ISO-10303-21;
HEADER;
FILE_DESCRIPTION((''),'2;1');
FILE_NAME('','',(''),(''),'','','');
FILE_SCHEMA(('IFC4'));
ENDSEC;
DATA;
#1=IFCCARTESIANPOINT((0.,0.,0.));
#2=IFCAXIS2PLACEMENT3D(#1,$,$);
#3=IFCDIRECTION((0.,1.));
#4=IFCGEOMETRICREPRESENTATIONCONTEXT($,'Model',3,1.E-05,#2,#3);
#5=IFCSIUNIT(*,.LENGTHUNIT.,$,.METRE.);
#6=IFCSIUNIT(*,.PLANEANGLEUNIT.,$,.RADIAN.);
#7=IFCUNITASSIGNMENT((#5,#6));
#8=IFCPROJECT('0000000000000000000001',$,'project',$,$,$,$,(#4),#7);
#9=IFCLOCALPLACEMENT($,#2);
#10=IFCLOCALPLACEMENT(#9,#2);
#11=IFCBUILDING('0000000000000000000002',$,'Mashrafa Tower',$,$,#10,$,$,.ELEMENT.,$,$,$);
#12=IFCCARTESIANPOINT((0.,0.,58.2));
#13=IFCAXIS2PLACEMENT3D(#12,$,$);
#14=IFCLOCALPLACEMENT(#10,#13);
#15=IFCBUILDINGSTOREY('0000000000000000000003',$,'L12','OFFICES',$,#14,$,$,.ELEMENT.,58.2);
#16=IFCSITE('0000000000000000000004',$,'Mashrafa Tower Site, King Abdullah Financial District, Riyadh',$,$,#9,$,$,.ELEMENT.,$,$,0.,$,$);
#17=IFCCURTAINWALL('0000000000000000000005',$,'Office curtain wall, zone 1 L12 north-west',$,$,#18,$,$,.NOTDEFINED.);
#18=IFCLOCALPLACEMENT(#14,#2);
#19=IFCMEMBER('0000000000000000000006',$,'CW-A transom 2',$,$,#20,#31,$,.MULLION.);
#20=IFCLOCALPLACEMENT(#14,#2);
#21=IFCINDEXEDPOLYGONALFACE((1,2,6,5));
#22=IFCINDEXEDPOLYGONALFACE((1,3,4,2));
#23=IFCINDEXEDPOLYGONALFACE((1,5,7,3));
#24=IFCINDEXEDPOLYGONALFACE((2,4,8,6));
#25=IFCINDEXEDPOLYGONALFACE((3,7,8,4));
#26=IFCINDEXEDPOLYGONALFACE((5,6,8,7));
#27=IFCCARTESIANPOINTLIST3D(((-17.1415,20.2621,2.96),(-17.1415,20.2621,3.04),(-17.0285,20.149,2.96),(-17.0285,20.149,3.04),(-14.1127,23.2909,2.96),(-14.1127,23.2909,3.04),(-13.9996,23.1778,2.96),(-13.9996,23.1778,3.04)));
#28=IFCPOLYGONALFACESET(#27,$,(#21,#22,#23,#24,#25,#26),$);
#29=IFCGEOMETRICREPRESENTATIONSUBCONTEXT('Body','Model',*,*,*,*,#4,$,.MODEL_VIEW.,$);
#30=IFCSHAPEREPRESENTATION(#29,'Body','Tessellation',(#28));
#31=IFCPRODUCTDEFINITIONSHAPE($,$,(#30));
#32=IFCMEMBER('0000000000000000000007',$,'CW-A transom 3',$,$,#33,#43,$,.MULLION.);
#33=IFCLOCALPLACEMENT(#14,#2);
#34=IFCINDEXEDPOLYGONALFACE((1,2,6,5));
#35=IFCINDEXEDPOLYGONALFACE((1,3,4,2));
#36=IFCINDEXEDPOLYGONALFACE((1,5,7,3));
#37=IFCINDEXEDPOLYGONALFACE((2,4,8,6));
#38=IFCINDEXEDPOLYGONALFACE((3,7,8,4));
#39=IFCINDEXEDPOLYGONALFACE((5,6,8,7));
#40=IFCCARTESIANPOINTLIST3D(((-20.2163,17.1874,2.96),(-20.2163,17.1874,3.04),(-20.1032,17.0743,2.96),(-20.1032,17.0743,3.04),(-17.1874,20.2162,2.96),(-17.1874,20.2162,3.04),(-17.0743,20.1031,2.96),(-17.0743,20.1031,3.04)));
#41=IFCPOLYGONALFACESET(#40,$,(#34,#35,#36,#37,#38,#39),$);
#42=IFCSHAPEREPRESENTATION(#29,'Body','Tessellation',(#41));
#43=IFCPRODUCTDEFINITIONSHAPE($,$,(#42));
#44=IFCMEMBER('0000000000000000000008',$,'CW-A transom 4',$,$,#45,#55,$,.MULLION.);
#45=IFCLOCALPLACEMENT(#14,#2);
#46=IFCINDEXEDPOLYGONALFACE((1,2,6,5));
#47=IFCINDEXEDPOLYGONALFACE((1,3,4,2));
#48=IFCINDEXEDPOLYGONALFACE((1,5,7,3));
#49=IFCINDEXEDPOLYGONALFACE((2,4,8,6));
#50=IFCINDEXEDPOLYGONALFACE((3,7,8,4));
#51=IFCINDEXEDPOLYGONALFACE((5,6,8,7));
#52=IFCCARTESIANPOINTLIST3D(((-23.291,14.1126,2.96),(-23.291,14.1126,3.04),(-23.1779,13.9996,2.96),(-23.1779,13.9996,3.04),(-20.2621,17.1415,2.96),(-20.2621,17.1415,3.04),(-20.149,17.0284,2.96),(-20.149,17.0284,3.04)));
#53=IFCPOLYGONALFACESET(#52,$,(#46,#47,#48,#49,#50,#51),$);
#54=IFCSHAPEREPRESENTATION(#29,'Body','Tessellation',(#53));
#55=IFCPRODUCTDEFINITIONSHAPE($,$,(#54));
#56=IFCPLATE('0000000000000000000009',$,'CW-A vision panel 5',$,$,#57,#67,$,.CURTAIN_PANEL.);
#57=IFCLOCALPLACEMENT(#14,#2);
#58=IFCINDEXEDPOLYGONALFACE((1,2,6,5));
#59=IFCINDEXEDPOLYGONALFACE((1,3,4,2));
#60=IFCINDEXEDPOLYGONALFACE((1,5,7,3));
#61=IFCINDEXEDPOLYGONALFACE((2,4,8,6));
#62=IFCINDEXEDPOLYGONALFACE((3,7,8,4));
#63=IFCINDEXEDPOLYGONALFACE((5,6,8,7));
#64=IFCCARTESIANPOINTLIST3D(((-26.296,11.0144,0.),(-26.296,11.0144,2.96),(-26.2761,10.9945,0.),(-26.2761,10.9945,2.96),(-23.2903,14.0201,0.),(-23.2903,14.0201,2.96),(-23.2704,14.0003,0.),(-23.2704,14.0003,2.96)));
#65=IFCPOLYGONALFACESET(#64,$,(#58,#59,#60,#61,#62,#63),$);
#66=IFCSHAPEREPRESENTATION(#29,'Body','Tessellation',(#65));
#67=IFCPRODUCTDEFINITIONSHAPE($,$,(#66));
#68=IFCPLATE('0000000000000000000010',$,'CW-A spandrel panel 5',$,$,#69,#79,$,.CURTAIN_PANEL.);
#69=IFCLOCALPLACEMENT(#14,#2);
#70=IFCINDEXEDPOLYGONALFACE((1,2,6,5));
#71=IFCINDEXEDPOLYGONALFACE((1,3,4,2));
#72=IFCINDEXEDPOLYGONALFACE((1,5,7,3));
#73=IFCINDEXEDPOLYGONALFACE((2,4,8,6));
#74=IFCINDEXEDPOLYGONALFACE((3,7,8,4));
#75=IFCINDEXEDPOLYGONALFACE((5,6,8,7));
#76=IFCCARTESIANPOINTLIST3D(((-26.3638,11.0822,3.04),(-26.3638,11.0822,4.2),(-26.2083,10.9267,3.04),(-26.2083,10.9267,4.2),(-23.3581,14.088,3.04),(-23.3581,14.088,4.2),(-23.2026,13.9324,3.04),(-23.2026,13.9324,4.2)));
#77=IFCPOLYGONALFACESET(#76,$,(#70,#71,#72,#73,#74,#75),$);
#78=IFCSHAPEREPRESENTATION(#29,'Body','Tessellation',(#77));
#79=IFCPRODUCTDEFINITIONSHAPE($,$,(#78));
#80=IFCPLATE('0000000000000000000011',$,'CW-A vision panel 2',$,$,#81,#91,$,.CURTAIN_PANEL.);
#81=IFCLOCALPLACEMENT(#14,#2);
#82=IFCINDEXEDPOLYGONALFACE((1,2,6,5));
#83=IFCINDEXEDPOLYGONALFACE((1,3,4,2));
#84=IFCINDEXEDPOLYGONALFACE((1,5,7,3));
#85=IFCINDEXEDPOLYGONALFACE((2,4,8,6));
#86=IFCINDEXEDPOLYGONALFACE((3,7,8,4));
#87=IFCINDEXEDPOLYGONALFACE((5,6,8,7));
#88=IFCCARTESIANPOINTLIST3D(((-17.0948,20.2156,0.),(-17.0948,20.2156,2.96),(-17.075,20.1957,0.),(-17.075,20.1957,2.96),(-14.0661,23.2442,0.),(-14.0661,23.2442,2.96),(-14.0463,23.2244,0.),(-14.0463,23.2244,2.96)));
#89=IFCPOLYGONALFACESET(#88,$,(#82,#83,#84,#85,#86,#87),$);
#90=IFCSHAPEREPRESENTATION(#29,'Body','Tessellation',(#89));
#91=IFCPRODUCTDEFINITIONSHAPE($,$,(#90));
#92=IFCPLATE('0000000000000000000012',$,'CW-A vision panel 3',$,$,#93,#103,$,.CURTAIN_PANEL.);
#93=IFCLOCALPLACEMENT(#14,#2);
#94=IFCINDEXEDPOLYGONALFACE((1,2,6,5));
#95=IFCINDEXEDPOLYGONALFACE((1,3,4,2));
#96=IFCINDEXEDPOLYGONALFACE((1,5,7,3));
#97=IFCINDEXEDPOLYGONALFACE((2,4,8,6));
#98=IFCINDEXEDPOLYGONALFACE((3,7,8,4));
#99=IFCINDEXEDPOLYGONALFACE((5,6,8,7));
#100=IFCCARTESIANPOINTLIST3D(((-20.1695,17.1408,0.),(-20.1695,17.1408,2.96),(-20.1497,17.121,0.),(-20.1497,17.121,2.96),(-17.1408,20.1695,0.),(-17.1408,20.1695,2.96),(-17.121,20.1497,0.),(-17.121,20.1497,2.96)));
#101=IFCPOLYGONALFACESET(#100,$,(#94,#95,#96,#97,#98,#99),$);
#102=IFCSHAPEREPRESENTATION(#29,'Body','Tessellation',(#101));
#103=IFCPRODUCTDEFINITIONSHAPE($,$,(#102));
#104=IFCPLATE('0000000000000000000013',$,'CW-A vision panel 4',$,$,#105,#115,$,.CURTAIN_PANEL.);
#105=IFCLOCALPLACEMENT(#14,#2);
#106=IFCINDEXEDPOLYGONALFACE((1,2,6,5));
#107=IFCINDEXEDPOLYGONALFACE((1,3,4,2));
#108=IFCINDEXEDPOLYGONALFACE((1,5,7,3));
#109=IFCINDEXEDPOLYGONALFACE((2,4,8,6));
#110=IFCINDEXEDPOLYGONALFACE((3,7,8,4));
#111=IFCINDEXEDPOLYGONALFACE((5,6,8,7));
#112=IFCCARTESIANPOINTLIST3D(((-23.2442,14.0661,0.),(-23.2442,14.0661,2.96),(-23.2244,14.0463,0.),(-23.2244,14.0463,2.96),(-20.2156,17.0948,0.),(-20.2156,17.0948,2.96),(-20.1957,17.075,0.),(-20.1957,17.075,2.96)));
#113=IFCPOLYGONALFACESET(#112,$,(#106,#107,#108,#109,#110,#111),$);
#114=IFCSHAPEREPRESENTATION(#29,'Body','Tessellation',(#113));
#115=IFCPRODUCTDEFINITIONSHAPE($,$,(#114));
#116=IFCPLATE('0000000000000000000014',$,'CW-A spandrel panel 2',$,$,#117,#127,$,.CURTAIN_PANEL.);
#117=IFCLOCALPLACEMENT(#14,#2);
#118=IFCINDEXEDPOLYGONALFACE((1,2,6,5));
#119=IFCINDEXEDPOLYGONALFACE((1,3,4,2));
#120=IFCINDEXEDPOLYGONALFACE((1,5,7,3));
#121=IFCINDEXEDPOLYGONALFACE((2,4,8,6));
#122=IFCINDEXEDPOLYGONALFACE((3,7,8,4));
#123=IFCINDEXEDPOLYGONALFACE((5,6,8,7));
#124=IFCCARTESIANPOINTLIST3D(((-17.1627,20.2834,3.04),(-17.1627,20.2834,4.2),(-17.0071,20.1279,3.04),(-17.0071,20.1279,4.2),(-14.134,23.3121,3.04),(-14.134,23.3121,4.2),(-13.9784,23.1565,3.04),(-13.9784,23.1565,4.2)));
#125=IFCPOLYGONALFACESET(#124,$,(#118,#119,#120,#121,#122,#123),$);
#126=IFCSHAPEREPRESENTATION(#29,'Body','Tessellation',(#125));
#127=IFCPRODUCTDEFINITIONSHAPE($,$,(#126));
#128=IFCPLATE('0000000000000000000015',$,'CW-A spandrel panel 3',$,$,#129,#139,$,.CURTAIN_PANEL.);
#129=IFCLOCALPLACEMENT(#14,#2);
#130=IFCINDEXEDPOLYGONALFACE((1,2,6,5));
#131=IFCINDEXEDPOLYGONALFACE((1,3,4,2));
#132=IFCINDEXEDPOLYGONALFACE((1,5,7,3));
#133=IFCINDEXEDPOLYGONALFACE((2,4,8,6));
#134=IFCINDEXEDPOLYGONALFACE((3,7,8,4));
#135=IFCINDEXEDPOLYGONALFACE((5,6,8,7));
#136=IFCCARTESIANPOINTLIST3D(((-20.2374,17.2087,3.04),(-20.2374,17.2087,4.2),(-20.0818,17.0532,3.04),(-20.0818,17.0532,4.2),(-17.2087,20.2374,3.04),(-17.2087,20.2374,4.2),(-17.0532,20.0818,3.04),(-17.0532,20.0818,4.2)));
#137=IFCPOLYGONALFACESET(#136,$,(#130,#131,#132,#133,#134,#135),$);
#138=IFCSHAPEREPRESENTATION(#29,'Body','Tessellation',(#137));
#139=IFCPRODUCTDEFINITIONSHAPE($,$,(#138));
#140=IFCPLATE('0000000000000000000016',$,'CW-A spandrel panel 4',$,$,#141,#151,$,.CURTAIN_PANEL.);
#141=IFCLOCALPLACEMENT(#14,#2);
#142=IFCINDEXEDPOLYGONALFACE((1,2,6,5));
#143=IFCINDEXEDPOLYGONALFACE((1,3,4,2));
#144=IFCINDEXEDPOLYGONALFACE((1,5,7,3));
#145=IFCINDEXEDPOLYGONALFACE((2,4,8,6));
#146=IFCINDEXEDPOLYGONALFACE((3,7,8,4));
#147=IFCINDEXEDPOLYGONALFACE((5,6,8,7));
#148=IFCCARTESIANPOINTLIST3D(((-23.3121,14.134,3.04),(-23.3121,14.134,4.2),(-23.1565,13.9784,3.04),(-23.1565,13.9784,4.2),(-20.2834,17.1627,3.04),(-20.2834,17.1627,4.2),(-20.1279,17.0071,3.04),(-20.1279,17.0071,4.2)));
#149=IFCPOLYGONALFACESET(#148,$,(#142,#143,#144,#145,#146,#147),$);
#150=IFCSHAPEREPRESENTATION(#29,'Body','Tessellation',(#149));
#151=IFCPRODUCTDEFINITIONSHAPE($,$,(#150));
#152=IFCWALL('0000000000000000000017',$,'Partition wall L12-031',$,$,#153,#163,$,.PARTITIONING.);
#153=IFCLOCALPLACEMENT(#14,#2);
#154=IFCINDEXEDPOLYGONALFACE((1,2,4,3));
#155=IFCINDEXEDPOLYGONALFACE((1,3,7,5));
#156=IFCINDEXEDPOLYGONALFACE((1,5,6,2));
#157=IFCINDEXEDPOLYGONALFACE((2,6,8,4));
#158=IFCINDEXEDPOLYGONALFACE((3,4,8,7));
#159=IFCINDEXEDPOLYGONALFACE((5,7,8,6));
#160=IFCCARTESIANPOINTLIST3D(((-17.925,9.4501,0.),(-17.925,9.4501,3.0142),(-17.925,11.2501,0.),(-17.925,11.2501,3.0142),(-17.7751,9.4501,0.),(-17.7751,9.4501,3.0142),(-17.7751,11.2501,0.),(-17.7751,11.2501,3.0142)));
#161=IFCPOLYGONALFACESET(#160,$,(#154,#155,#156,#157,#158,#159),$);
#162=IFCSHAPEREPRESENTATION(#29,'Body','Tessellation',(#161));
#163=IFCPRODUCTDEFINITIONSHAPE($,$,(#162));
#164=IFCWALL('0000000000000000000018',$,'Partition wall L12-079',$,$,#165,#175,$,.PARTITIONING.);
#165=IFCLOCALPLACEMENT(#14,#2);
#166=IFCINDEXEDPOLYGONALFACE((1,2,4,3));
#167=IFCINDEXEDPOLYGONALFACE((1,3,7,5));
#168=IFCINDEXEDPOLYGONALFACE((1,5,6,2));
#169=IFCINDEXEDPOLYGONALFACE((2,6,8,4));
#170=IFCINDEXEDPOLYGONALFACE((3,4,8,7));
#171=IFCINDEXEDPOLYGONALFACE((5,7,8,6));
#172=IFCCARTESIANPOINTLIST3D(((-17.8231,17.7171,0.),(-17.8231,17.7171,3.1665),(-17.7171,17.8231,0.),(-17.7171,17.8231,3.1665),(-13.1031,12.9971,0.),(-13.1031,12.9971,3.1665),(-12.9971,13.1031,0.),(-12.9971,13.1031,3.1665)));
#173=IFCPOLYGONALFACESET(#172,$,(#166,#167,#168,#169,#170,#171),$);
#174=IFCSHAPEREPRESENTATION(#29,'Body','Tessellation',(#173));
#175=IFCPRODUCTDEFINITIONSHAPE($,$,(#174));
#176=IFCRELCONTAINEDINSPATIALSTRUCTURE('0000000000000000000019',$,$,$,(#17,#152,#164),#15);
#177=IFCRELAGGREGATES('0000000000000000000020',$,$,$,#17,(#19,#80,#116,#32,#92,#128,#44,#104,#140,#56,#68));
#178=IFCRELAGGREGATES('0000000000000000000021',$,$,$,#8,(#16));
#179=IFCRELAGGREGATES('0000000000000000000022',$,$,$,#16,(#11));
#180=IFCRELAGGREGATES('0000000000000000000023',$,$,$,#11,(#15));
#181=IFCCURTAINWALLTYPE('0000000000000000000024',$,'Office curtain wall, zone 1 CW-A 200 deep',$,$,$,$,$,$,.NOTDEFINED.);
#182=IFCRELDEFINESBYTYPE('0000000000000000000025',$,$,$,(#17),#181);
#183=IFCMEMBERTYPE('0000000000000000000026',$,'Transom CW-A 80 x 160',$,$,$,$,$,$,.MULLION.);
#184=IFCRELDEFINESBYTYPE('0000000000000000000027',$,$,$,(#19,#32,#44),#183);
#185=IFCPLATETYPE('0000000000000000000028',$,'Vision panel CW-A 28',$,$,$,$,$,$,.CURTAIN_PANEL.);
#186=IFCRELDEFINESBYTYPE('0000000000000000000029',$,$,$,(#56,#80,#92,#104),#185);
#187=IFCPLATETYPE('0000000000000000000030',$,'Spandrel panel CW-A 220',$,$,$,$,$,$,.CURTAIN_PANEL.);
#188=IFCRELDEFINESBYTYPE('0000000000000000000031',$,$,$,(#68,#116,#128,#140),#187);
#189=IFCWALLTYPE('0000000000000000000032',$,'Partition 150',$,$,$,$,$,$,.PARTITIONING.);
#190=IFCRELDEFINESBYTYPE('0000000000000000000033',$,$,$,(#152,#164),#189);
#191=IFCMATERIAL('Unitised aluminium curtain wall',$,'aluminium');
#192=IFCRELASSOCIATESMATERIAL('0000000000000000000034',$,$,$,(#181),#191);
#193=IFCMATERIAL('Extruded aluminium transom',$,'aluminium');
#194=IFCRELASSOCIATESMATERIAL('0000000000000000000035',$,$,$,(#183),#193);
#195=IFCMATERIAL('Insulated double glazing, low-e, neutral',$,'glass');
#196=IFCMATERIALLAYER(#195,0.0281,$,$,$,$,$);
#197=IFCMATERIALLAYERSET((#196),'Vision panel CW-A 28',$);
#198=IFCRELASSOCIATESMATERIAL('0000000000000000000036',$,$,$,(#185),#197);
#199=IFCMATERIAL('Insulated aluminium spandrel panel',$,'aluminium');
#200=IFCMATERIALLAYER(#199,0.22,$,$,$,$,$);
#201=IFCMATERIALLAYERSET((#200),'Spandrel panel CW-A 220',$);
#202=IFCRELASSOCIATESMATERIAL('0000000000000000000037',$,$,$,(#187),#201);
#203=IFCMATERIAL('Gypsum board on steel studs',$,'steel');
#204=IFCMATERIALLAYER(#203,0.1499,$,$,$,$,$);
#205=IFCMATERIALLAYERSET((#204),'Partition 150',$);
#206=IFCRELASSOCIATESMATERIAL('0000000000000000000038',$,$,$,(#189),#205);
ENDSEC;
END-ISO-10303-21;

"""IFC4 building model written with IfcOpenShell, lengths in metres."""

from ifc_helpers import new_model, si_unit, direction, frame, frame_2d, origin, origin_2d, place, context, subcontext, project, spatial, rectangle, extrude, source, transform, mapped, material, layer, layer_set, material_profile, profile_set, type_object, type_shapes, element, aggregate, save


model = new_model("IFC4")

# Units and contexts
model_context = context("Model", 3, precision=1e-05, world=origin(), true_north=direction((0.0, 1.0)))
body_context = subcontext(model_context, "Body", "Model", "MODEL_VIEW")
ifc_project = project(units=[si_unit("LENGTHUNIT", "METRE"), si_unit("PLANEANGLEUNIT", "RADIAN")], contexts=[model_context])

# Site, building, storey
site_placement = place(None, origin())
site = spatial("IfcSite", under=ifc_project, at=site_placement, Name="Mashrafa Tower Site, King Abdullah Financial District, Riyadh", CompositionType="ELEMENT", RefElevation=0.0)
building_placement = place(site_placement, origin())
building = spatial("IfcBuilding", under=site, at=building_placement, Name="Mashrafa Tower", CompositionType="ELEMENT")
storey_placement = place(building_placement, frame((0.0, 0.0, 58.2)))
storey = spatial("IfcBuildingStorey", under=building, at=storey_placement, Name="L12", Description="OFFICES", CompositionType="ELEMENT", Elevation=58.2)

# Curtain wall
ifc_material_1 = material(Name="Unitised aluminium curtain wall", Category="aluminium")
curtain_wall_type = type_object("IfcCurtainWallType", Name="Office curtain wall, zone 1 CW-A 200 deep", PredefinedType="NOTDEFINED", material=ifc_material_1)
curtain_wall_1_placement = place(storey_placement, origin())
curtain_wall_1 = element("IfcCurtainWall", 1, at=curtain_wall_1_placement, inside=storey, type_object=curtain_wall_type, Name="Office curtain wall, zone 1 L12 north-west", PredefinedType="NOTDEFINED")

# Members
ifc_material_2 = material(Name="Extruded aluminium transom", Category="aluminium")
ifc_material_profile_1 = material_profile(ifc_material_2, rectangle(XDim=0.1599, YDim=0.0801, at=origin_2d()), Name="Transom 80x160")
ifc_profile_set_1 = profile_set([ifc_material_profile_1], Name="Extruded aluminium transom")
member_type_1 = type_object("IfcMemberType", Name="Transom CW-A 80 x 160", PredefinedType="MULLION", material=ifc_profile_set_1)
shared_shape_1 = source(origin(), body_context, "Body", "SweptSolid", [
    extrude(rectangle(XDim=0.1599, YDim=0.0801, at=origin_2d()), origin(), (0.0, 0.0, 1.0), 4.2834),
])
member_1_placement = place(storey_placement, frame((-14.0562, 23.2344, 3.0), z_axis=(-0.707107, -0.707107, 0.0), x_axis=(0.707107, -0.707107, 0.0)))
member_1 = element("IfcMember", 2, at=member_1_placement, type_object=member_type_1, Name="CW-A transom 2", PredefinedType="MULLION", context=body_context, shape_type="MappedRepresentation", body=[
    mapped(shared_shape_1, transform((0.0, 0.0, 0.0))),
])
member_2_placement = place(storey_placement, frame((-17.1309, 20.1597, 3.0), z_axis=(-0.707107, -0.707107, 0.0), x_axis=(0.707107, -0.707107, 0.0)))
member_2 = element("IfcMember", 3, at=member_2_placement, type_object=member_type_1, Name="CW-A transom 3", PredefinedType="MULLION", context=body_context, shape_type="MappedRepresentation", body=[
    mapped(shared_shape_1, transform((0.0, 0.0, 0.0))),
])
member_3_placement = place(storey_placement, frame((-20.2056, 17.085, 3.0), z_axis=(-0.707107, -0.707107, 0.0), x_axis=(0.707107, -0.707107, 0.0)))
member_3 = element("IfcMember", 4, at=member_3_placement, type_object=member_type_1, Name="CW-A transom 4", PredefinedType="MULLION", context=body_context, shape_type="MappedRepresentation", body=[
    mapped(shared_shape_1, transform((0.0, 0.0, 0.0))),
])

# Plates
ifc_material_3 = material(Name="Insulated double glazing, low-e, neutral", Category="glass")
ifc_layer_1 = layer(ifc_material_3, 0.0281)
ifc_layer_set_1 = layer_set([ifc_layer_1], Name="Vision panel CW-A 28")
plate_type_1 = type_object("IfcPlateType", Name="Vision panel CW-A 28", PredefinedType="CURTAIN_PANEL", material=ifc_layer_set_1)
shared_shape_2 = source(origin(), body_context, "Body", "SweptSolid", [
    extrude(rectangle(XDim=4.2507, YDim=0.0281, at=origin_2d()), origin(), (0.0, 0.0, 1.0), 2.96),
])
plate_1_placement = place(storey_placement, frame((-24.7832, 12.5073, 0.0), z_axis=(0.0, 0.0, 1.0), x_axis=(-0.707107, -0.707107, 0.0)))
plate_1 = element("IfcPlate", 5, at=plate_1_placement, type_object=plate_type_1, Name="CW-A vision panel 5", PredefinedType="CURTAIN_PANEL", context=body_context, shape_type="MappedRepresentation", body=[
    mapped(shared_shape_2, transform((0.0, 0.0, 0.0))),
])
ifc_material_4 = material(Name="Insulated aluminium spandrel panel", Category="aluminium")
ifc_layer_2 = layer(ifc_material_4, 0.22)
ifc_layer_set_2 = layer_set([ifc_layer_2], Name="Spandrel panel CW-A 220")
plate_type_2 = type_object("IfcPlateType", Name="Spandrel panel CW-A 220", PredefinedType="CURTAIN_PANEL", material=ifc_layer_set_2)
shared_shape_3 = source(origin(), body_context, "Body", "SweptSolid", [
    extrude(rectangle(XDim=4.2507, YDim=0.22, at=origin_2d()), origin(), (0.0, 0.0, 1.0), 1.1599),
])
plate_2_placement = place(storey_placement, frame((-24.7832, 12.5073, 3.04), z_axis=(0.0, 0.0, 1.0), x_axis=(-0.707107, -0.707107, 0.0)))
plate_2 = element("IfcPlate", 6, at=plate_2_placement, type_object=plate_type_2, Name="CW-A spandrel panel 5", PredefinedType="CURTAIN_PANEL", context=body_context, shape_type="MappedRepresentation", body=[
    mapped(shared_shape_3, transform((0.0, 0.0, 0.0))),
])
shared_shape_4 = source(origin(), body_context, "Body", "SweptSolid", [
    extrude(rectangle(XDim=4.2832, YDim=0.0281, at=origin_2d()), origin(), (0.0, 0.0, 1.0), 2.96),
])
type_shapes(plate_type_1, [shared_shape_2, shared_shape_4])
plate_3_placement = place(storey_placement, frame((-15.5706, 21.72, 0.0), z_axis=(0.0, 0.0, 1.0), x_axis=(-0.707107, -0.707107, 0.0)))
plate_3 = element("IfcPlate", 7, at=plate_3_placement, type_object=plate_type_1, Name="CW-A vision panel 2", PredefinedType="CURTAIN_PANEL", context=body_context, shape_type="MappedRepresentation", body=[
    mapped(shared_shape_4, transform((0.0, 0.0, 0.0))),
])
plate_4_placement = place(storey_placement, frame((-18.6453, 18.6453, 0.0), z_axis=(0.0, 0.0, 1.0), x_axis=(-0.707107, -0.707107, 0.0)))
plate_4 = element("IfcPlate", 8, at=plate_4_placement, type_object=plate_type_1, Name="CW-A vision panel 3", PredefinedType="CURTAIN_PANEL", context=body_context, shape_type="MappedRepresentation", body=[
    mapped(shared_shape_4, transform((0.0, 0.0, 0.0))),
])
plate_5_placement = place(storey_placement, frame((-21.72, 15.5706, 0.0), z_axis=(0.0, 0.0, 1.0), x_axis=(-0.707107, -0.707107, 0.0)))
plate_5 = element("IfcPlate", 9, at=plate_5_placement, type_object=plate_type_1, Name="CW-A vision panel 4", PredefinedType="CURTAIN_PANEL", context=body_context, shape_type="MappedRepresentation", body=[
    mapped(shared_shape_4, transform((0.0, 0.0, 0.0))),
])
shared_shape_5 = source(origin(), body_context, "Body", "SweptSolid", [
    extrude(rectangle(XDim=4.2832, YDim=0.22, at=origin_2d()), origin(), (0.0, 0.0, 1.0), 1.1599),
])
type_shapes(plate_type_2, [shared_shape_3, shared_shape_5])
plate_6_placement = place(storey_placement, frame((-15.5706, 21.72, 3.04), z_axis=(0.0, 0.0, 1.0), x_axis=(-0.707107, -0.707107, 0.0)))
plate_6 = element("IfcPlate", 10, at=plate_6_placement, type_object=plate_type_2, Name="CW-A spandrel panel 2", PredefinedType="CURTAIN_PANEL", context=body_context, shape_type="MappedRepresentation", body=[
    mapped(shared_shape_5, transform((0.0, 0.0, 0.0))),
])
plate_7_placement = place(storey_placement, frame((-18.6453, 18.6453, 3.04), z_axis=(0.0, 0.0, 1.0), x_axis=(-0.707107, -0.707107, 0.0)))
plate_7 = element("IfcPlate", 11, at=plate_7_placement, type_object=plate_type_2, Name="CW-A spandrel panel 3", PredefinedType="CURTAIN_PANEL", context=body_context, shape_type="MappedRepresentation", body=[
    mapped(shared_shape_5, transform((0.0, 0.0, 0.0))),
])
plate_8_placement = place(storey_placement, frame((-21.72, 15.5706, 3.04), z_axis=(0.0, 0.0, 1.0), x_axis=(-0.707107, -0.707107, 0.0)))
plate_8 = element("IfcPlate", 12, at=plate_8_placement, type_object=plate_type_2, Name="CW-A spandrel panel 4", PredefinedType="CURTAIN_PANEL", context=body_context, shape_type="MappedRepresentation", body=[
    mapped(shared_shape_5, transform((0.0, 0.0, 0.0))),
])
aggregate(curtain_wall_1, [member_1, plate_3, plate_6, member_2, plate_4, plate_7, member_3, plate_5, plate_8, plate_1, plate_2])

# Walls
ifc_material_5 = material(Name="Gypsum board on steel studs", Category="steel")
ifc_layer_3 = layer(ifc_material_5, 0.1499)
ifc_layer_set_3 = layer_set([ifc_layer_3], Name="Partition 150")
wall_type = type_object("IfcWallType", Name="Partition 150", PredefinedType="PARTITIONING", material=ifc_layer_set_3)
wall_1_placement = place(storey_placement, frame((-17.8501, 11.25, 0.0), z_axis=(0.0, 0.0, 1.0), x_axis=(0.0, -1.0, 0.0)))
element("IfcWall", 13, at=wall_1_placement, inside=storey, type_object=wall_type, Name="Partition wall L12-031", PredefinedType="PARTITIONING", context=body_context, shape_type="SweptSolid", body=[
    extrude(rectangle(XDim=1.8, YDim=0.1499, at=frame_2d((0.8999, 0.0))), origin(), (0.0, 0.0, 1.0), 3.0142),
])
wall_2_placement = place(storey_placement, frame((-17.77, 17.77, 0.0), z_axis=(0.0, 0.0, 1.0), x_axis=(0.707107, -0.707107, 0.0)))
element("IfcWall", 14, at=wall_2_placement, inside=storey, type_object=wall_type, Name="Partition wall L12-079", PredefinedType="PARTITIONING", context=body_context, shape_type="SweptSolid", body=[
    extrude(rectangle(XDim=6.675, YDim=0.1499, at=frame_2d((3.3374, 0.0))), origin(), (0.0, 0.0, 1.0), 3.1665),
])

save(model, "model.ifc")
